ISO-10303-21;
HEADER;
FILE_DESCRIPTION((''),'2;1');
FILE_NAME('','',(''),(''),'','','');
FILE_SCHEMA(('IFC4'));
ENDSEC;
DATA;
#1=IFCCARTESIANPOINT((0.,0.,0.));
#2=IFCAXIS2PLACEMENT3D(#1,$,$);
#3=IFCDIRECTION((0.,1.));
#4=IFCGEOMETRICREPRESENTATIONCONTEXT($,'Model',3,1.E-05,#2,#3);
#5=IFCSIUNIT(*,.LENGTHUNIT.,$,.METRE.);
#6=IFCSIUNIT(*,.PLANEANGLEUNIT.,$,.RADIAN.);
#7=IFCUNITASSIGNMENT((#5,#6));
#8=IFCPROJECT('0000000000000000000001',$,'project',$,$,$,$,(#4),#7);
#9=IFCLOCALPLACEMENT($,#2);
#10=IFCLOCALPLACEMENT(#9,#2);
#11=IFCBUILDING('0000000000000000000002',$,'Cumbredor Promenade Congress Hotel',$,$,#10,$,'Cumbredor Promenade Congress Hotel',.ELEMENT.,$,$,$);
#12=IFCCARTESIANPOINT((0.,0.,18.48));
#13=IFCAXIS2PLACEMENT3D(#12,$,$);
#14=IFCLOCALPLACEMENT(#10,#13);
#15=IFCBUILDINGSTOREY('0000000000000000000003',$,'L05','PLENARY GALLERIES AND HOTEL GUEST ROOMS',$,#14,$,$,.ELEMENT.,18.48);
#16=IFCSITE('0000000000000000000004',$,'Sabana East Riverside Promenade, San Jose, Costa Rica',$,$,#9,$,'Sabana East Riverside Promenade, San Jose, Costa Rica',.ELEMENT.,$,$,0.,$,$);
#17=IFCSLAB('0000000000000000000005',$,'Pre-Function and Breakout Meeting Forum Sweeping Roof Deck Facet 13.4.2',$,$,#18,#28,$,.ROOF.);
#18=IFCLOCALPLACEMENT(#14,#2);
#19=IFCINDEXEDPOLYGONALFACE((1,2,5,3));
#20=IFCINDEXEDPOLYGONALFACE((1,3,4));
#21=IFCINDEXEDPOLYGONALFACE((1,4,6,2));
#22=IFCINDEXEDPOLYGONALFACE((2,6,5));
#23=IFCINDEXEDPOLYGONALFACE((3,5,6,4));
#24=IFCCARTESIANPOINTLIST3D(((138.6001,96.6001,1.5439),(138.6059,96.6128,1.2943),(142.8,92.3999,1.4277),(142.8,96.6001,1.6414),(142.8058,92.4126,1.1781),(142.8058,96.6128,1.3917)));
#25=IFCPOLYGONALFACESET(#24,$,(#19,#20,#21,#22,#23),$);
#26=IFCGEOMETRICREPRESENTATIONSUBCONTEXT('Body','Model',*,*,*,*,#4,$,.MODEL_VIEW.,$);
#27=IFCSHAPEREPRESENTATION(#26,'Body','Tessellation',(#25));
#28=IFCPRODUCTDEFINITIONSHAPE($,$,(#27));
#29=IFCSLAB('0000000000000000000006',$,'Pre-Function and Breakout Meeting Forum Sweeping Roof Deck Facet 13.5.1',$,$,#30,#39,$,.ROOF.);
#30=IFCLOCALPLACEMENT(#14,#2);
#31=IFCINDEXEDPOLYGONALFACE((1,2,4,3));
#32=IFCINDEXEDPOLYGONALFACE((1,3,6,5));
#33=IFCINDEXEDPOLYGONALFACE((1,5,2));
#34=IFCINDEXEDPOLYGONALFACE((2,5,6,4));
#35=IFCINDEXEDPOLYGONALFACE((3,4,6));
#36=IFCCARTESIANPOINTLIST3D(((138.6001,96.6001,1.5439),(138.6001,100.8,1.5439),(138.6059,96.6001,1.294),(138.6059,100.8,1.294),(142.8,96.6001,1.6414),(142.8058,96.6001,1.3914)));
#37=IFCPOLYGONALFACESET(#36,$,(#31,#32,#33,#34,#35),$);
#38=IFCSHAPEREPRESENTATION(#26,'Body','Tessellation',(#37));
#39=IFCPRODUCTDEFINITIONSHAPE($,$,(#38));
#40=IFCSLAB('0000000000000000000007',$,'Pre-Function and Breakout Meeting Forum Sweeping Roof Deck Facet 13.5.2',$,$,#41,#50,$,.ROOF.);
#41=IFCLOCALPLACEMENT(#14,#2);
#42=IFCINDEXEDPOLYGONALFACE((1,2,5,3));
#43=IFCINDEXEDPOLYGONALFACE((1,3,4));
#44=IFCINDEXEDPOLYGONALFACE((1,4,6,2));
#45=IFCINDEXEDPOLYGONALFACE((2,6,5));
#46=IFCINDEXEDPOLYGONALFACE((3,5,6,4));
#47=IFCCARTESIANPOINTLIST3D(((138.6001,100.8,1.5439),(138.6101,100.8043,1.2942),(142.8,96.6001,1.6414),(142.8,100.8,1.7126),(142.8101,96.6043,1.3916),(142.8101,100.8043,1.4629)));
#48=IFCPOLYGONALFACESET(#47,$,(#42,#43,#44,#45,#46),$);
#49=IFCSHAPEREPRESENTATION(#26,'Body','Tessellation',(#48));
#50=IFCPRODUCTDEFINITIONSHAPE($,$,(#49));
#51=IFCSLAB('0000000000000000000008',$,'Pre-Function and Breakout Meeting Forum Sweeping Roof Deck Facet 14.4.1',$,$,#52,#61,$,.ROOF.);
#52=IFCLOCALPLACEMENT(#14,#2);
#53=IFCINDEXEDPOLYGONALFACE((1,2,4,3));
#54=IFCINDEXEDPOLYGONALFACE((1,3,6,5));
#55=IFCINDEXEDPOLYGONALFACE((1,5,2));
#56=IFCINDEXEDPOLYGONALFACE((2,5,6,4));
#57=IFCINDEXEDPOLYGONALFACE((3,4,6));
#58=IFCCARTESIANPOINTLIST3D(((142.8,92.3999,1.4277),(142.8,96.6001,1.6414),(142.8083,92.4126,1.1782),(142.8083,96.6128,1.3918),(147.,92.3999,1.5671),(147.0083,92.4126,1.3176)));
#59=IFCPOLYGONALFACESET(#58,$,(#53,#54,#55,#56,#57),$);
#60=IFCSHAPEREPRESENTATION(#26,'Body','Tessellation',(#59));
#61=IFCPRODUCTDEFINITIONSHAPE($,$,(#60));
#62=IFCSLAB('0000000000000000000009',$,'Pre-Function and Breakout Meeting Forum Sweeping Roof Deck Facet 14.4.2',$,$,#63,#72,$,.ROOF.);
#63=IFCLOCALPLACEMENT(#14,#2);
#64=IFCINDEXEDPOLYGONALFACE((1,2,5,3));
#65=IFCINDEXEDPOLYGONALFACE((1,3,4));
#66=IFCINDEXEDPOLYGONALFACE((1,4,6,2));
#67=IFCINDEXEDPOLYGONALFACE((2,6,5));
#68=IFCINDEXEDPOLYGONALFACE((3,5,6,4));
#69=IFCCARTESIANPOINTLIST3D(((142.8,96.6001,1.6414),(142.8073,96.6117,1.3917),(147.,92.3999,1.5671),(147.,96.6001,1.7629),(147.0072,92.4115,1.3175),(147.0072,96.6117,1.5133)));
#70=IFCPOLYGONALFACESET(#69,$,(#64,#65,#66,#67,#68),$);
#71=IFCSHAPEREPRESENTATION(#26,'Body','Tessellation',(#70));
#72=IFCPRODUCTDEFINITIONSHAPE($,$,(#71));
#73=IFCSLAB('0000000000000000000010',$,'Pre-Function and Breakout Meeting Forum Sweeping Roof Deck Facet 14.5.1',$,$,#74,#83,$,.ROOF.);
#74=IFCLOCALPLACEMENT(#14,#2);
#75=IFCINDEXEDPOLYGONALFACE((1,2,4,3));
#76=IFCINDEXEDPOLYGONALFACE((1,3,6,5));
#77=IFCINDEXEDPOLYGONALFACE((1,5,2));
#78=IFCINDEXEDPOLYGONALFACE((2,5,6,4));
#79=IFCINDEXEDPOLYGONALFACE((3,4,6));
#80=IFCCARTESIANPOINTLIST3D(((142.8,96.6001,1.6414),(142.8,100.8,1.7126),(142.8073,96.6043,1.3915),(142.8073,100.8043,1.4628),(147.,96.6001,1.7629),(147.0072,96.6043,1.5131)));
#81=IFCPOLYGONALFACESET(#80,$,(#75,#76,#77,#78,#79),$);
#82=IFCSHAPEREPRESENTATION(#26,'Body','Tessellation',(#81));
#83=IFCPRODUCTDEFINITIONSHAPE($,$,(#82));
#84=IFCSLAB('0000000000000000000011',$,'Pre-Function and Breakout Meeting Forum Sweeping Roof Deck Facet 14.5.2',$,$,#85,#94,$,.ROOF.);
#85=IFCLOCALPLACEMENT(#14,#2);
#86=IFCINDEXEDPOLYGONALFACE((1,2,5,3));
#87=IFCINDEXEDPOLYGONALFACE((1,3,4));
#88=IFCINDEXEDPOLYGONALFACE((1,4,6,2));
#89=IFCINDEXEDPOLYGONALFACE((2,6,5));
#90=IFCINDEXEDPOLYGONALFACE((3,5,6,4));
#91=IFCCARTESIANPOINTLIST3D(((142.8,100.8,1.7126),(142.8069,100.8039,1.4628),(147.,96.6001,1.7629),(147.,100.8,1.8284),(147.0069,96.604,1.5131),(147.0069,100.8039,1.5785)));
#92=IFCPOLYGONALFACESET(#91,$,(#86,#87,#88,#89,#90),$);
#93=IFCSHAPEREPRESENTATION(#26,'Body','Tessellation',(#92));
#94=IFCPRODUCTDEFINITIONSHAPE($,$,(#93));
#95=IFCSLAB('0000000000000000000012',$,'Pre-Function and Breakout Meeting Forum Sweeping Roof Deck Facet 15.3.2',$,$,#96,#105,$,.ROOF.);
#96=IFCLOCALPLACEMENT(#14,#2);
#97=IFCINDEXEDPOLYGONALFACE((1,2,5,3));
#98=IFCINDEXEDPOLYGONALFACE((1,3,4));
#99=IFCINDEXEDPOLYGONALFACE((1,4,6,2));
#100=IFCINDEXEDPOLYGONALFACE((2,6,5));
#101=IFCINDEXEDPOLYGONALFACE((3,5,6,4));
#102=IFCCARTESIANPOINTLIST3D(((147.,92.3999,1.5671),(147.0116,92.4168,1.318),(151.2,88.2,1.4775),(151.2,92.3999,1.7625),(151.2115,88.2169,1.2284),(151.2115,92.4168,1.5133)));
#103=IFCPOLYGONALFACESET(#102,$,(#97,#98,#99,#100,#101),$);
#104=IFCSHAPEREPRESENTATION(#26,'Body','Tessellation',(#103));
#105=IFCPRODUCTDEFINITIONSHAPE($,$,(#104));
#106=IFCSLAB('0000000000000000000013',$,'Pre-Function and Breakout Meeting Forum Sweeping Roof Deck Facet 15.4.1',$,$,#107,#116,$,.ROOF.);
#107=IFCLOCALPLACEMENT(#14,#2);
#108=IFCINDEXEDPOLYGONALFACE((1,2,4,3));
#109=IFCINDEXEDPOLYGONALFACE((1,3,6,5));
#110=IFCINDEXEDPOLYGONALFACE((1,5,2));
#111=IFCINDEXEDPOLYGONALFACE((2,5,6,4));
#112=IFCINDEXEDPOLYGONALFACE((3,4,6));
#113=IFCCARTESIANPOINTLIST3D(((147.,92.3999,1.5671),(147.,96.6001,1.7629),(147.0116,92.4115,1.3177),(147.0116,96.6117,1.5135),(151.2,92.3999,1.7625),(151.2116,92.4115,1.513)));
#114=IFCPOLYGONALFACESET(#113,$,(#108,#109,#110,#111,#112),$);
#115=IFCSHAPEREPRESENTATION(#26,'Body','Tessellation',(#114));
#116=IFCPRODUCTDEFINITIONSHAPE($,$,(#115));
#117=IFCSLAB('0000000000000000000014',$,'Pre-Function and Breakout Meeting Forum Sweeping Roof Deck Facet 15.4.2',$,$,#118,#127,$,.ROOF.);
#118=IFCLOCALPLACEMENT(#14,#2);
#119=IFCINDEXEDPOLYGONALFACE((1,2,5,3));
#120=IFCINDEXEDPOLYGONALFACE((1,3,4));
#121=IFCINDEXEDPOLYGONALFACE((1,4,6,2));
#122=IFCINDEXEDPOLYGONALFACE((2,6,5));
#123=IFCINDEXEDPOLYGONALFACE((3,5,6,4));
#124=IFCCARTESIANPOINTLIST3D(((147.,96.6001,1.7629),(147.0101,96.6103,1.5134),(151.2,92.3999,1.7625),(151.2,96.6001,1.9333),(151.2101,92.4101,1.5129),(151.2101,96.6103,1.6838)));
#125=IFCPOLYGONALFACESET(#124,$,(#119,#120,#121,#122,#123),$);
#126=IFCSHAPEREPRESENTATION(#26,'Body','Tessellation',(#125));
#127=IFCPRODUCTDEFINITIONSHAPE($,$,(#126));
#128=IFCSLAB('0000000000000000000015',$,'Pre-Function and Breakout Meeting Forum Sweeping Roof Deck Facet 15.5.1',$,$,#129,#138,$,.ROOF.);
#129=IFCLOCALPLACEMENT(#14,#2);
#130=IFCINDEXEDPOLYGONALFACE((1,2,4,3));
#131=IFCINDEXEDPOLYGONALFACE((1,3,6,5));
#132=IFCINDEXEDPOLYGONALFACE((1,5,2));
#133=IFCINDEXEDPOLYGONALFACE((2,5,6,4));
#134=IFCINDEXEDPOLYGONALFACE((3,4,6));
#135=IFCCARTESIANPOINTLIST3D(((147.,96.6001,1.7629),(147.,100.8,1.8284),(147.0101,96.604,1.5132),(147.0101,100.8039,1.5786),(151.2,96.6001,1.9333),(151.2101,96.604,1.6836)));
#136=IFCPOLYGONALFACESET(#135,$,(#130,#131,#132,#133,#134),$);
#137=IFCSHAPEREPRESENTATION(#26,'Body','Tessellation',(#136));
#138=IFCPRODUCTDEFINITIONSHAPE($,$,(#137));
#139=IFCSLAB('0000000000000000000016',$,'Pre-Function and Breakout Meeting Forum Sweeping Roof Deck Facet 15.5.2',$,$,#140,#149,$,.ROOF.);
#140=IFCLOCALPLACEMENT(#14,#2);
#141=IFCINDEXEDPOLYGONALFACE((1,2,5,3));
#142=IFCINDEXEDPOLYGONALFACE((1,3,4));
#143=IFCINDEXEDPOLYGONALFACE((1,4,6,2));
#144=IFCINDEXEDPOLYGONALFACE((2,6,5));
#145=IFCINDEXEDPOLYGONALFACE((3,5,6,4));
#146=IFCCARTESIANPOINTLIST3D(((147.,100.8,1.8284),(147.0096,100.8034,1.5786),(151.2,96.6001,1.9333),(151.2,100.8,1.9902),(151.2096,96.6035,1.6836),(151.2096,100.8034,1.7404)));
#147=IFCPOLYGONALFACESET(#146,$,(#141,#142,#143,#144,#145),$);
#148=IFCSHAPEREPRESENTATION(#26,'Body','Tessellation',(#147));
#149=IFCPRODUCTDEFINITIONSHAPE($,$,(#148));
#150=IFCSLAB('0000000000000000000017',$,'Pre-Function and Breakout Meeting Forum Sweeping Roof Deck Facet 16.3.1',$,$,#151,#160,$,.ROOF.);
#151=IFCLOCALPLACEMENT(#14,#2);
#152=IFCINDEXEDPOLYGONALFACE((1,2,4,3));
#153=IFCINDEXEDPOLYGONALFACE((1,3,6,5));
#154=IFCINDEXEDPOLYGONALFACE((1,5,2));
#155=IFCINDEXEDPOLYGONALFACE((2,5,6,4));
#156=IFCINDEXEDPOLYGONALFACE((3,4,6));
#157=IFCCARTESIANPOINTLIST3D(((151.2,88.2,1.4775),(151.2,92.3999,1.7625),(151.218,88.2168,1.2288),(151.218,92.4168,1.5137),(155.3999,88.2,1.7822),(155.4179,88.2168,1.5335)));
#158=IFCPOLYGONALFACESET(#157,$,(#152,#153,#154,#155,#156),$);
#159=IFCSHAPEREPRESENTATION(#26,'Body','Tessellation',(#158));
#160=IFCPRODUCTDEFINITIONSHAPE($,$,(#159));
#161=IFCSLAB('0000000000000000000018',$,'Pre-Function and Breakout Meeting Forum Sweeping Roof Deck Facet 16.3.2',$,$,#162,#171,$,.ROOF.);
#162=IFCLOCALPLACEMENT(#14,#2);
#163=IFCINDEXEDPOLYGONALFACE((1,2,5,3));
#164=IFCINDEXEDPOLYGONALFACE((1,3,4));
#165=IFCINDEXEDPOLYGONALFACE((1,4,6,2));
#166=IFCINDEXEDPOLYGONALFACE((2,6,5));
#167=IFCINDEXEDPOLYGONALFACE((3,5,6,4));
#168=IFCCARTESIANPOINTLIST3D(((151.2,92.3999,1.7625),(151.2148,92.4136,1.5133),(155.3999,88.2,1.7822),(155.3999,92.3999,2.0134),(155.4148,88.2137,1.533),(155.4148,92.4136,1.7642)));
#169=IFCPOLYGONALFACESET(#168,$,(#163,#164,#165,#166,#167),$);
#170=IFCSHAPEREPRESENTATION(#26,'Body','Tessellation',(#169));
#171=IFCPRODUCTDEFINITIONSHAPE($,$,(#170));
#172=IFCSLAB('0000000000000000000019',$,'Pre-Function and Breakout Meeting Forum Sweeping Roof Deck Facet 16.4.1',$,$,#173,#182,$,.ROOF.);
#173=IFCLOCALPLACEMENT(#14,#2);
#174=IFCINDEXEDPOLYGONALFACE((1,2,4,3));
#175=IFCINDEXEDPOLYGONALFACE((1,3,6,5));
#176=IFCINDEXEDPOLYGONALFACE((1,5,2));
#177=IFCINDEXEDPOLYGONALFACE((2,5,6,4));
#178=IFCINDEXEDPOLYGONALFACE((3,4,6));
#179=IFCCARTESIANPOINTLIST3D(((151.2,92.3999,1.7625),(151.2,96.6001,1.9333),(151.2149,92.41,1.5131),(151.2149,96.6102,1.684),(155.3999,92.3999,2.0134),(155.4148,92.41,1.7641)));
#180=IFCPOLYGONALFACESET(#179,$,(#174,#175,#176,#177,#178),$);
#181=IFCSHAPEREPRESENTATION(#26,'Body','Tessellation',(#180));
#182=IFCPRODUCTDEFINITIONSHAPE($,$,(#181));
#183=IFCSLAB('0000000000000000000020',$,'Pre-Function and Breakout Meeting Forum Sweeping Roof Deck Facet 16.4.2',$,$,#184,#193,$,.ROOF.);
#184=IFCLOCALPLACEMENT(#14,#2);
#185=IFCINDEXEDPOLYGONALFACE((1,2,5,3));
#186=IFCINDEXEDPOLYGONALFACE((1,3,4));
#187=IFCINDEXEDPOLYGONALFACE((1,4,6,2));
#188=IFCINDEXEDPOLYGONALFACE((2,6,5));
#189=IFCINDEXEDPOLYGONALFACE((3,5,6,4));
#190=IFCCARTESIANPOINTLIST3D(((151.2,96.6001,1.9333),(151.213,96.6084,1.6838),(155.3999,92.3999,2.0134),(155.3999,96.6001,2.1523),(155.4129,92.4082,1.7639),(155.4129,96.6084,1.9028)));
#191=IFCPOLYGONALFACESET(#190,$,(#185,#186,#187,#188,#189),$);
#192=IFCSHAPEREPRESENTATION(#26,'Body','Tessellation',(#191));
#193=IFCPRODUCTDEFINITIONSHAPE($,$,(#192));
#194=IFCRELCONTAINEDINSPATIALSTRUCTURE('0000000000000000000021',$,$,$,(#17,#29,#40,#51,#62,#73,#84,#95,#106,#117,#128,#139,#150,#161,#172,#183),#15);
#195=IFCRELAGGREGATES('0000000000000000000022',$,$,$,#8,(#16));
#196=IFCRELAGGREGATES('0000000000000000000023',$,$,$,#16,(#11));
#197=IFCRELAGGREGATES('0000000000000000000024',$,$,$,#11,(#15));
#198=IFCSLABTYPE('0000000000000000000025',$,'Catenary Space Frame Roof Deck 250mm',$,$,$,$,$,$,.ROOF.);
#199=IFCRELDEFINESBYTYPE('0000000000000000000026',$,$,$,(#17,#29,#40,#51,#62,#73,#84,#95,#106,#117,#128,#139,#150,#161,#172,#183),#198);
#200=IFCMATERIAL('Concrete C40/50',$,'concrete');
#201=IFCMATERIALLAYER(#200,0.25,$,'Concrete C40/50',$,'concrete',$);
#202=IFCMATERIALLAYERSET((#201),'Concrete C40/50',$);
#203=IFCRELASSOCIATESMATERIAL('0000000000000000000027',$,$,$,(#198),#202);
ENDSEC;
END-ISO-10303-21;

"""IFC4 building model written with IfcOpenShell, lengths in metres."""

from ifc_helpers import new_model, si_unit, direction, frame, origin, place, context, subcontext, project, spatial, polyline, outline, extrude, material, layer, layer_set, type_object, element, save


model = new_model("IFC4")

# Units and contexts
model_context = context("Model", 3, precision=1e-05, world=origin(), true_north=direction((0.0, 1.0)))
body_context = subcontext(model_context, "Body", "Model", "MODEL_VIEW")
ifc_project = project(units=[si_unit("LENGTHUNIT", "METRE"), si_unit("PLANEANGLEUNIT", "RADIAN")], contexts=[model_context])

# Site, building, storey
site_placement = place(None, origin())
site = spatial("IfcSite", under=ifc_project, at=site_placement, Name="Sabana East Riverside Promenade, San Jose, Costa Rica", LongName="Sabana East Riverside Promenade, San Jose, Costa Rica", CompositionType="ELEMENT", RefElevation=0.0)
building_placement = place(site_placement, origin())
building = spatial("IfcBuilding", under=site, at=building_placement, Name="Cumbredor Promenade Congress Hotel", LongName="Cumbredor Promenade Congress Hotel", CompositionType="ELEMENT")
storey_placement = place(building_placement, frame((0.0, 0.0, 18.48)))
storey = spatial("IfcBuildingStorey", under=building, at=storey_placement, Name="L05", Description="PLENARY GALLERIES AND HOTEL GUEST ROOMS", CompositionType="ELEMENT", Elevation=18.48)

# Slabs
ifc_material_1 = material(Name="Concrete C40/50", Category="concrete")
ifc_layer_1 = layer(ifc_material_1, 0.25, Name="Concrete C40/50", Category="concrete")
ifc_layer_set_1 = layer_set([ifc_layer_1], Name="Concrete C40/50")
slab_type = type_object("IfcSlabType", Name="Catenary Space Frame Roof Deck 250mm", PredefinedType="ROOF", material=ifc_layer_set_1)
slab_1_placement = place(storey_placement, frame((142.8, 92.3999, 1.4277), z_axis=(-0.023157, -0.050781, 0.998441), x_axis=(0.0, 0.998709, 0.050795)))
element("IfcSlab", 1, at=slab_1_placement, inside=storey, type_object=slab_type, Name="Pre-Function and Breakout Meeting Forum Sweeping Roof Deck Facet 13.4.2", PredefinedType="ROOF", context=body_context, shape_type="SweptSolid", body=[
    extrude(outline(polyline([(0.0, 0.0), (4.2056, 0.0), (4.2007, 4.2011), (0.0, 0.0)])), origin(), (0.0, 0.0, -1.0), 0.25),
])
slab_2_placement = place(storey_placement, frame((138.6001, 96.6001, 1.5439), z_axis=(-0.023187, 0.0, 0.999731), x_axis=(0.999731, 0.0, 0.023187)))
element("IfcSlab", 2, at=slab_2_placement, inside=storey, type_object=slab_type, Name="Pre-Function and Breakout Meeting Forum Sweeping Roof Deck Facet 13.5.1", PredefinedType="ROOF", context=body_context, shape_type="SweptSolid", body=[
    extrude(outline(polyline([(0.0, 0.0), (4.2011, 0.0), (0.0, 4.2), (0.0, 0.0)])), origin(), (0.0, 0.0, -1.0), 0.25),
])
slab_3_placement = place(storey_placement, frame((142.8, 96.6001, 1.6414), z_axis=(-0.040129, -0.016958, 0.999051), x_axis=(0.0, 0.999856, 0.016971)))
element("IfcSlab", 3, at=slab_3_placement, inside=storey, type_object=slab_type, Name="Pre-Function and Breakout Meeting Forum Sweeping Roof Deck Facet 13.5.2", PredefinedType="ROOF", context=body_context, shape_type="SweptSolid", body=[
    extrude(outline(polyline([(0.0, 0.0), (4.2006, 0.0), (4.1977, 4.2033), (0.0, 0.0)])), origin(), (0.0, 0.0, -1.0), 0.25),
])
slab_4_placement = place(storey_placement, frame((142.8, 92.3999, 1.4277), z_axis=(-0.033131, -0.050767, 0.998161), x_axis=(0.99945, 0.0, 0.033174)))
element("IfcSlab", 4, at=slab_4_placement, inside=storey, type_object=slab_type, Name="Pre-Function and Breakout Meeting Forum Sweeping Roof Deck Facet 14.4.1", PredefinedType="ROOF", context=body_context, shape_type="SweptSolid", body=[
    extrude(outline(polyline([(0.0, 0.0), (4.2023, 0.0), (0.0071, 4.2056), (0.0, 0.0)])), origin(), (0.0, 0.0, -1.0), 0.25),
])
slab_5_placement = place(storey_placement, frame((147.0, 92.3999, 1.5671), z_axis=(-0.028905, -0.046547, 0.998498), x_axis=(0.0, 0.998915, 0.046566)))
element("IfcSlab", 5, at=slab_5_placement, inside=storey, type_object=slab_type, Name="Pre-Function and Breakout Meeting Forum Sweeping Roof Deck Facet 14.4.2", PredefinedType="ROOF", context=body_context, shape_type="SweptSolid", body=[
    extrude(outline(polyline([(0.0, 0.0), (4.2048, 0.0), (4.1991, 4.2017), (0.0, 0.0)])), origin(), (0.0, 0.0, -1.0), 0.25),
])
slab_6_placement = place(storey_placement, frame((142.8, 96.6001, 1.6414), z_axis=(-0.028932, -0.016964, 0.999437), x_axis=(0.999581, 0.0, 0.028936)))
element("IfcSlab", 6, at=slab_6_placement, inside=storey, type_object=slab_type, Name="Pre-Function and Breakout Meeting Forum Sweeping Roof Deck Facet 14.5.1", PredefinedType="ROOF", context=body_context, shape_type="SweptSolid", body=[
    extrude(outline(polyline([(0.0, 0.0), (4.2017, 0.0), (0.0021, 4.2006), (0.0, 0.0)])), origin(), (0.0, 0.0, -1.0), 0.25),
])
slab_7_placement = place(storey_placement, frame((147.0, 96.6001, 1.7629), z_axis=(-0.02754, -0.015571, 0.999499), x_axis=(0.0, 0.999879, 0.015577)))
element("IfcSlab", 7, at=slab_7_placement, inside=storey, type_object=slab_type, Name="Pre-Function and Breakout Meeting Forum Sweeping Roof Deck Facet 14.5.2", PredefinedType="ROOF", context=body_context, shape_type="SweptSolid", body=[
    extrude(outline(polyline([(0.0, 0.0), (4.2005, 0.0), (4.1987, 4.2015), (0.0, 0.0)])), origin(), (0.0, 0.0, -1.0), 0.25),
])
slab_8_placement = place(storey_placement, frame((151.2, 88.2, 1.4775), z_axis=(-0.046347, -0.067609, 0.996635), x_axis=(0.0, 0.997707, 0.067681)))
element("IfcSlab", 8, at=slab_8_placement, inside=storey, type_object=slab_type, Name="Pre-Function and Breakout Meeting Forum Sweeping Roof Deck Facet 15.3.2", PredefinedType="ROOF", context=body_context, shape_type="SweptSolid", body=[
    extrude(outline(polyline([(0.0, 0.0), (4.2096, 0.0), (4.1964, 4.2045), (0.0, 0.0)])), origin(), (0.0, 0.0, -1.0), 0.25),
])
slab_9_placement = place(storey_placement, frame((147.0, 92.3999, 1.5671), z_axis=(-0.046403, -0.046516, 0.997839), x_axis=(0.99892, 0.0, 0.046453)))
element("IfcSlab", 9, at=slab_9_placement, inside=storey, type_object=slab_type, Name="Pre-Function and Breakout Meeting Forum Sweeping Roof Deck Facet 15.4.1", PredefinedType="ROOF", context=body_context, shape_type="SweptSolid", body=[
    extrude(outline(polyline([(0.0, 0.0), (4.2045, 0.0), (0.0091, 4.2047), (0.0, 0.0)])), origin(), (0.0, 0.0, -1.0), 0.25),
])
slab_10_placement = place(storey_placement, frame((151.2, 92.3999, 1.7625), z_axis=(-0.040507, -0.040621, 0.998353), x_axis=(0.0, 0.999173, 0.040655)))
element("IfcSlab", 10, at=slab_10_placement, inside=storey, type_object=slab_type, Name="Pre-Function and Breakout Meeting Forum Sweeping Roof Deck Facet 15.4.2", PredefinedType="ROOF", context=body_context, shape_type="SweptSolid", body=[
    extrude(outline(polyline([(0.0, 0.0), (4.2037, 0.0), (4.1967, 4.2034), (0.0, 0.0)])), origin(), (0.0, 0.0, -1.0), 0.25),
])
slab_11_placement = place(storey_placement, frame((147.0, 96.6001, 1.7629), z_axis=(-0.040536, -0.015564, 0.999057), x_axis=(0.999178, 0.0, 0.040541)))
element("IfcSlab", 11, at=slab_11_placement, inside=storey, type_object=slab_type, Name="Pre-Function and Breakout Meeting Forum Sweeping Roof Deck Facet 15.5.1", PredefinedType="ROOF", context=body_context, shape_type="SweptSolid", body=[
    extrude(outline(polyline([(0.0, 0.0), (4.2034, 0.0), (0.0027, 4.2005), (0.0, 0.0)])), origin(), (0.0, 0.0, -1.0), 0.25),
])
slab_12_placement = place(storey_placement, frame((151.2, 96.6001, 1.9333), z_axis=(-0.038508, -0.013533, 0.999167), x_axis=(0.0, 0.999908, 0.013543)))
element("IfcSlab", 12, at=slab_12_placement, inside=storey, type_object=slab_type, Name="Pre-Function and Breakout Meeting Forum Sweeping Roof Deck Facet 15.5.2", PredefinedType="ROOF", context=body_context, shape_type="SweptSolid", body=[
    extrude(outline(polyline([(0.0, 0.0), (4.2003, 0.0), (4.1981, 4.2031), (0.0, 0.0)])), origin(), (0.0, 0.0, -1.0), 0.25),
])
slab_13_placement = place(storey_placement, frame((151.2, 88.2, 1.4775), z_axis=(-0.07219, -0.067505, 0.995104), x_axis=(0.997379, 0.0, 0.072355)))
element("IfcSlab", 13, at=slab_13_placement, inside=storey, type_object=slab_type, Name="Pre-Function and Breakout Meeting Forum Sweeping Roof Deck Facet 16.3.1", PredefinedType="ROOF", context=body_context, shape_type="SweptSolid", body=[
    extrude(outline(polyline([(0.0, 0.0), (4.211, 0.0), (0.0206, 4.2096), (0.0, 0.0)])), origin(), (0.0, 0.0, -1.0), 0.25),
])
slab_14_placement = place(storey_placement, frame((155.3999, 88.2, 1.7822), z_axis=(-0.059561, -0.054868, 0.996716), x_axis=(0.0, 0.998488, 0.054965)))
element("IfcSlab", 14, at=slab_14_placement, inside=storey, type_object=slab_type, Name="Pre-Function and Breakout Meeting Forum Sweeping Roof Deck Facet 16.3.2", PredefinedType="ROOF", context=body_context, shape_type="SweptSolid", body=[
    extrude(outline(polyline([(0.0, 0.0), (4.2063, 0.0), (4.1925, 4.2074), (0.0, 0.0)])), origin(), (0.0, 0.0, -1.0), 0.25),
])
slab_15_placement = place(storey_placement, frame((151.2, 92.3999, 1.7625), z_axis=(-0.059601, -0.040582, 0.997397), x_axis=(0.998219, 0.0, 0.059651)))
element("IfcSlab", 15, at=slab_15_placement, inside=storey, type_object=slab_type, Name="Pre-Function and Breakout Meeting Forum Sweeping Roof Deck Facet 16.4.1", PredefinedType="ROOF", context=body_context, shape_type="SweptSolid", body=[
    extrude(outline(polyline([(0.0, 0.0), (4.2074, 0.0), (0.0102, 4.2037), (0.0, 0.0)])), origin(), (0.0, 0.0, -1.0), 0.25),
])
slab_16_placement = place(storey_placement, frame((155.3999, 92.3999, 2.0134), z_axis=(-0.052043, -0.033011, 0.998099), x_axis=(0.0, 0.999454, 0.033056)))
element("IfcSlab", 16, at=slab_16_placement, inside=storey, type_object=slab_type, Name="Pre-Function and Breakout Meeting Forum Sweeping Roof Deck Facet 16.4.2", PredefinedType="ROOF", context=body_context, shape_type="SweptSolid", body=[
    extrude(outline(polyline([(0.0, 0.0), (4.2025, 0.0), (4.1953, 4.2057), (0.0, 0.0)])), origin(), (0.0, 0.0, -1.0), 0.25),
])

save(model, "model.ifc")
